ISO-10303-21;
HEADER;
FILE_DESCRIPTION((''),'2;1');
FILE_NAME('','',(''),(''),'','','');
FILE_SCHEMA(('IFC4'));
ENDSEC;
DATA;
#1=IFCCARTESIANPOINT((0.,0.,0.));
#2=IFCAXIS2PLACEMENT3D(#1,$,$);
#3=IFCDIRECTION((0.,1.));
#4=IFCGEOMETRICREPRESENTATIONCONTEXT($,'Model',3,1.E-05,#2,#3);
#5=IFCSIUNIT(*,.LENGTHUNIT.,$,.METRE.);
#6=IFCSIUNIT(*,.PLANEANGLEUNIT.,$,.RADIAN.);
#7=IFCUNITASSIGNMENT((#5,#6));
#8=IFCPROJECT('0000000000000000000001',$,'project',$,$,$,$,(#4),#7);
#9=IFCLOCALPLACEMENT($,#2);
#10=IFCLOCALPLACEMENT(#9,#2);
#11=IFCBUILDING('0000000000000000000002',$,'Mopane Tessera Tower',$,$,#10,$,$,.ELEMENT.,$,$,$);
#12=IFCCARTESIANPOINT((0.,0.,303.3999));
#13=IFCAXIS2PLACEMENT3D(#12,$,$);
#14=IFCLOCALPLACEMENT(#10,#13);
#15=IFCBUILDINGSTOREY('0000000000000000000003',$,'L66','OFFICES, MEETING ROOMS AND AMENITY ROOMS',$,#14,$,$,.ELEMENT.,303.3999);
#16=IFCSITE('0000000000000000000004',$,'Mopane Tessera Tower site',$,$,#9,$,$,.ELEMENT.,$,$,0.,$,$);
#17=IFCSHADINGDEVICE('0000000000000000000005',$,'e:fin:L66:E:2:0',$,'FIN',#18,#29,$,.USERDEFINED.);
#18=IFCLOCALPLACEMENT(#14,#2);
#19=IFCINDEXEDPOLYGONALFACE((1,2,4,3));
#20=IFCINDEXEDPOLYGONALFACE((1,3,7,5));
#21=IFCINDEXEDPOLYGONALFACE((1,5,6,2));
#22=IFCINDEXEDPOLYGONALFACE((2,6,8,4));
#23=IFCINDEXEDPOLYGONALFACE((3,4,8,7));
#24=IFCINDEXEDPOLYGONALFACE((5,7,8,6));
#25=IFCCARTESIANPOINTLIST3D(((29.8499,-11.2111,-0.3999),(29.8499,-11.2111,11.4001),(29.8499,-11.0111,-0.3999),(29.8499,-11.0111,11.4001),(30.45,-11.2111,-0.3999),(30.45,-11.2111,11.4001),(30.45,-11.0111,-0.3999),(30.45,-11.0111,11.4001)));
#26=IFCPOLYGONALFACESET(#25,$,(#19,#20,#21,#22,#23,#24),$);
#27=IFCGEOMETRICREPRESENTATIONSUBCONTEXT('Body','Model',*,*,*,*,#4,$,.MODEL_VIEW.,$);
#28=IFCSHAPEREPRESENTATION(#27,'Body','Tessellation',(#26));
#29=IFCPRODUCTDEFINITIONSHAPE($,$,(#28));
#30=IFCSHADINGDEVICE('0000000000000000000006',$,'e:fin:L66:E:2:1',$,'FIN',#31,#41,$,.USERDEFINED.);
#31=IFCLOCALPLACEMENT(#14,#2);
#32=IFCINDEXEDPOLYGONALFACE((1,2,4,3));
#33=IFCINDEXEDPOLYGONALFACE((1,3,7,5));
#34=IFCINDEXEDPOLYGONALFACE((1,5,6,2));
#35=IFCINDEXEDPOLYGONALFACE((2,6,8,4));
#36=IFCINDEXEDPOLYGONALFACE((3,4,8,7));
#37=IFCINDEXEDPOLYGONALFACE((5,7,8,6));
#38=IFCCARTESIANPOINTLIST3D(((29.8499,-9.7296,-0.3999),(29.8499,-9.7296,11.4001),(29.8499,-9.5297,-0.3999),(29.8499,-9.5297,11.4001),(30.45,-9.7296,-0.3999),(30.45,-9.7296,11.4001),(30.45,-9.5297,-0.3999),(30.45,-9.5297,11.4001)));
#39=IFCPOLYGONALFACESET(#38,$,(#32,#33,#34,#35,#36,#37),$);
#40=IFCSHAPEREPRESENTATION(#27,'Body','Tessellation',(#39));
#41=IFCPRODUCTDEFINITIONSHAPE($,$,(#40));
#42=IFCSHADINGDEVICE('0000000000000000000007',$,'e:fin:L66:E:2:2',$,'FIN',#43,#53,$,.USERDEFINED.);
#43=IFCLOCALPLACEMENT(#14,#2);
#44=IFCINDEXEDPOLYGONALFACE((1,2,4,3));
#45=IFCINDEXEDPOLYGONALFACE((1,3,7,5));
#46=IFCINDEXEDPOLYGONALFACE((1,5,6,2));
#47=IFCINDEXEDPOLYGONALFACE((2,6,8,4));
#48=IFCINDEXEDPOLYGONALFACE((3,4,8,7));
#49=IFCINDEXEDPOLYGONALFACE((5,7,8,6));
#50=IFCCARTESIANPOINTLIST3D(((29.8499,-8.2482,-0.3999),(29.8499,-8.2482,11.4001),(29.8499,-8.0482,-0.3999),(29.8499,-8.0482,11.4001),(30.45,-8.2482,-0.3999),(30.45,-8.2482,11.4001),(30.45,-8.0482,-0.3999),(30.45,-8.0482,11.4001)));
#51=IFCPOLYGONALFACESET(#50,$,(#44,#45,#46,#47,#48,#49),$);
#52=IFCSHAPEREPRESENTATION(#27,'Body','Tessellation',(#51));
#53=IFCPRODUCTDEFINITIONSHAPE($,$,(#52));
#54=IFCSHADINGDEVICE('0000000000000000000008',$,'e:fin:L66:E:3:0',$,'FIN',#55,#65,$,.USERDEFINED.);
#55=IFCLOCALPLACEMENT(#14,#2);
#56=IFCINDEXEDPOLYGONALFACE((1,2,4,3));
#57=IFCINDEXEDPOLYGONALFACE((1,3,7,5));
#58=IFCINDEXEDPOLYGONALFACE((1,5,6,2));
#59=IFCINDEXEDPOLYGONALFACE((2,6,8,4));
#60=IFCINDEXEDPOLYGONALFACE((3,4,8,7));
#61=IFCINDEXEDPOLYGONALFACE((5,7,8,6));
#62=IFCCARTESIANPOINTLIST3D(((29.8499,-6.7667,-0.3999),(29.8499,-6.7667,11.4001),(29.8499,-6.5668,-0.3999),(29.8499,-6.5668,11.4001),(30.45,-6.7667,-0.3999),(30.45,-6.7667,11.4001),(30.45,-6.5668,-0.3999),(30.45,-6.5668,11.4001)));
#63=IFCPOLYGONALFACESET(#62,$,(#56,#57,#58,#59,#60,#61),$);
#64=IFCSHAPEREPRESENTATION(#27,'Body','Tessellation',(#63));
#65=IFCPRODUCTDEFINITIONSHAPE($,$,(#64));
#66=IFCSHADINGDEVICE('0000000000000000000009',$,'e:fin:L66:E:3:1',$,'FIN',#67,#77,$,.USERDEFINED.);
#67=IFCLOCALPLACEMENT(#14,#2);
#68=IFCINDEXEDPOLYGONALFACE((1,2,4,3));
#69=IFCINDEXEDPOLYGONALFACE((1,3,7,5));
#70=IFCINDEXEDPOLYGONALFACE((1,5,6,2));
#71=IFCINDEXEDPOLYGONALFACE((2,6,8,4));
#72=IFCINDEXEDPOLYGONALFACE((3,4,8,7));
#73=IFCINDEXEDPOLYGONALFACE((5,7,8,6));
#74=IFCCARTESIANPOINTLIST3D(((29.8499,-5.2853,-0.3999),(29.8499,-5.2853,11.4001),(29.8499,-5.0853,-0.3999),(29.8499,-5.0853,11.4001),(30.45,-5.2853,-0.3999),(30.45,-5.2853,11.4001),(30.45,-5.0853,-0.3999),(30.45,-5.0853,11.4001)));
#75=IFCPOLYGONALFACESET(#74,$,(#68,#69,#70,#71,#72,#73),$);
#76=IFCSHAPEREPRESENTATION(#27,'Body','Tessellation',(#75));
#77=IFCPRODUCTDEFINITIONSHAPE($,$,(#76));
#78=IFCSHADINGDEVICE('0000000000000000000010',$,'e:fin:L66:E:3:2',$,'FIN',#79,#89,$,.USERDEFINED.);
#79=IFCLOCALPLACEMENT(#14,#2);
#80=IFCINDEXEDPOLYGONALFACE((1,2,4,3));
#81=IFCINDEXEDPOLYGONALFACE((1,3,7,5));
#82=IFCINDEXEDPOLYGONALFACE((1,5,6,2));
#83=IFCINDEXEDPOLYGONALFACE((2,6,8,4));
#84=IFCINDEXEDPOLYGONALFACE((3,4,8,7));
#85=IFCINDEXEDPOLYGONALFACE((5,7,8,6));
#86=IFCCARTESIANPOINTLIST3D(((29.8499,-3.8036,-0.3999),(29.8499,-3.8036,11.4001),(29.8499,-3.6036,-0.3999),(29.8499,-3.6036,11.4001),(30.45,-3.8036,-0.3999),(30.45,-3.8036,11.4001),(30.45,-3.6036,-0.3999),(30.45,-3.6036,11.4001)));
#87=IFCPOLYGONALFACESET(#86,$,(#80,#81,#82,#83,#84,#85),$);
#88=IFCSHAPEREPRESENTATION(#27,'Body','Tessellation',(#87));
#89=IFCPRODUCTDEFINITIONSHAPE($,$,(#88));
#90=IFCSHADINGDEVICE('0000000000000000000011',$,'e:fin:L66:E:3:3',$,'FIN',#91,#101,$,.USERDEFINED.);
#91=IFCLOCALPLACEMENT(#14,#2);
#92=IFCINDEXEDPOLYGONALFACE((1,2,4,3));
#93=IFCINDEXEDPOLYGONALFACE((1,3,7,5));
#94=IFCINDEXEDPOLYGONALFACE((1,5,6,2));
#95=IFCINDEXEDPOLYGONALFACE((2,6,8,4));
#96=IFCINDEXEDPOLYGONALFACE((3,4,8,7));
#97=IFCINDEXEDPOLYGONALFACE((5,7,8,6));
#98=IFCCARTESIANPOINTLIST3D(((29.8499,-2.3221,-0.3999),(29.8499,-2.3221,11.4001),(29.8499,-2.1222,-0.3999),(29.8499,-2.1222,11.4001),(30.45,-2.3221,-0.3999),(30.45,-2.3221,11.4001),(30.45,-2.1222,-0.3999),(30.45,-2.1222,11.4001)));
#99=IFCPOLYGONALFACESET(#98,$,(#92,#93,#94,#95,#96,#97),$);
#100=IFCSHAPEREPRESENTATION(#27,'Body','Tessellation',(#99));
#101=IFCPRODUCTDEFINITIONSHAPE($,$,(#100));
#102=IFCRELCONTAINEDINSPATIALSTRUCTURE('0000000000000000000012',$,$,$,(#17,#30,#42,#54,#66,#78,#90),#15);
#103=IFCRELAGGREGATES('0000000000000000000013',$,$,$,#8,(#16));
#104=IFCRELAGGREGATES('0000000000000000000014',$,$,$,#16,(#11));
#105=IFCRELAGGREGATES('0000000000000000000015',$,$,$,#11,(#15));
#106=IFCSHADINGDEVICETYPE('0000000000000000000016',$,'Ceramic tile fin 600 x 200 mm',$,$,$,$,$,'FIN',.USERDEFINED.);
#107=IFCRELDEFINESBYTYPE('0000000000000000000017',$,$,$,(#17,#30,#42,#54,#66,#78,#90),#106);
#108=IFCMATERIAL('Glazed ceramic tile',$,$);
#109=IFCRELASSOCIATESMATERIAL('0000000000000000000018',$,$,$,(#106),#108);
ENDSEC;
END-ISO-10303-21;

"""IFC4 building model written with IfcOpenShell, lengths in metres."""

from ifc_helpers import new_model, si_unit, direction, frame, origin, origin_2d, place, context, subcontext, project, spatial, rectangle, extrude, material, type_object, element, save


model = new_model("IFC4")

# Units and contexts
model_context = context("Model", 3, precision=1e-05, world=origin(), true_north=direction((0.0, 1.0)))
body_context = subcontext(model_context, "Body", "Model", "MODEL_VIEW")
ifc_project = project(units=[si_unit("LENGTHUNIT", "METRE"), si_unit("PLANEANGLEUNIT", "RADIAN")], contexts=[model_context])

# Site, building, storey
site_placement = place(None, origin())
site = spatial("IfcSite", under=ifc_project, at=site_placement, Name="Mopane Tessera Tower site", CompositionType="ELEMENT", RefElevation=0.0)
building_placement = place(site_placement, origin())
building = spatial("IfcBuilding", under=site, at=building_placement, Name="Mopane Tessera Tower", CompositionType="ELEMENT")
storey_placement = place(building_placement, frame((0.0, 0.0, 303.3999)))
storey = spatial("IfcBuildingStorey", under=building, at=storey_placement, Name="L66", Description="OFFICES, MEETING ROOMS AND AMENITY ROOMS", CompositionType="ELEMENT", Elevation=303.3999)

# Shading devices
ifc_material_1 = material(Name="Glazed ceramic tile")
shading_device_type = type_object("IfcShadingDeviceType", Name="Ceramic tile fin 600 x 200 mm", ElementType="FIN", PredefinedType="USERDEFINED", material=ifc_material_1)
for number, where, z_axis, x_axis, name in (
    (1, (30.1499, -11.1111, -0.3999), (0.0, 0.0, 1.0), (0.0, 1.0, 0.0), "e:fin:L66:E:2:0"),
    (2, (30.1499, -9.6296, -0.3999), (0.0, 0.0, 1.0), (0.0, 1.0, 0.0), "e:fin:L66:E:2:1"),
    (3, (30.1499, -8.1482, -0.3999), (0.0, 0.0, 1.0), (0.0, 1.0, 0.0), "e:fin:L66:E:2:2"),
    (4, (30.1499, -6.6667, -0.3999), (0.0, 0.0, 1.0), (0.0, 1.0, 0.0), "e:fin:L66:E:3:0"),
    (5, (30.1499, -5.1853, -0.3999), (0.0, 0.0, 1.0), (0.0, 1.0, 0.0), "e:fin:L66:E:3:1"),
    (6, (30.1499, -3.7036, -0.3999), (0.0, 0.0, 1.0), (0.0, 1.0, 0.0), "e:fin:L66:E:3:2"),
    (7, (30.1499, -2.2222, -0.3999), (0.0, 0.0, 1.0), (0.0, 1.0, 0.0), "e:fin:L66:E:3:3"),
):
    element("IfcShadingDevice", number, at=place(storey_placement, frame(where, z_axis=z_axis, x_axis=x_axis)), inside=storey, type_object=shading_device_type, Name=name, ObjectType="FIN", PredefinedType="USERDEFINED", context=body_context, shape_type="SweptSolid", body=[
        extrude(rectangle(XDim=0.2, YDim=0.6001, at=origin_2d()), origin(), (0.0, 0.0, 1.0), 11.8),
    ])

save(model, "model.ifc")
